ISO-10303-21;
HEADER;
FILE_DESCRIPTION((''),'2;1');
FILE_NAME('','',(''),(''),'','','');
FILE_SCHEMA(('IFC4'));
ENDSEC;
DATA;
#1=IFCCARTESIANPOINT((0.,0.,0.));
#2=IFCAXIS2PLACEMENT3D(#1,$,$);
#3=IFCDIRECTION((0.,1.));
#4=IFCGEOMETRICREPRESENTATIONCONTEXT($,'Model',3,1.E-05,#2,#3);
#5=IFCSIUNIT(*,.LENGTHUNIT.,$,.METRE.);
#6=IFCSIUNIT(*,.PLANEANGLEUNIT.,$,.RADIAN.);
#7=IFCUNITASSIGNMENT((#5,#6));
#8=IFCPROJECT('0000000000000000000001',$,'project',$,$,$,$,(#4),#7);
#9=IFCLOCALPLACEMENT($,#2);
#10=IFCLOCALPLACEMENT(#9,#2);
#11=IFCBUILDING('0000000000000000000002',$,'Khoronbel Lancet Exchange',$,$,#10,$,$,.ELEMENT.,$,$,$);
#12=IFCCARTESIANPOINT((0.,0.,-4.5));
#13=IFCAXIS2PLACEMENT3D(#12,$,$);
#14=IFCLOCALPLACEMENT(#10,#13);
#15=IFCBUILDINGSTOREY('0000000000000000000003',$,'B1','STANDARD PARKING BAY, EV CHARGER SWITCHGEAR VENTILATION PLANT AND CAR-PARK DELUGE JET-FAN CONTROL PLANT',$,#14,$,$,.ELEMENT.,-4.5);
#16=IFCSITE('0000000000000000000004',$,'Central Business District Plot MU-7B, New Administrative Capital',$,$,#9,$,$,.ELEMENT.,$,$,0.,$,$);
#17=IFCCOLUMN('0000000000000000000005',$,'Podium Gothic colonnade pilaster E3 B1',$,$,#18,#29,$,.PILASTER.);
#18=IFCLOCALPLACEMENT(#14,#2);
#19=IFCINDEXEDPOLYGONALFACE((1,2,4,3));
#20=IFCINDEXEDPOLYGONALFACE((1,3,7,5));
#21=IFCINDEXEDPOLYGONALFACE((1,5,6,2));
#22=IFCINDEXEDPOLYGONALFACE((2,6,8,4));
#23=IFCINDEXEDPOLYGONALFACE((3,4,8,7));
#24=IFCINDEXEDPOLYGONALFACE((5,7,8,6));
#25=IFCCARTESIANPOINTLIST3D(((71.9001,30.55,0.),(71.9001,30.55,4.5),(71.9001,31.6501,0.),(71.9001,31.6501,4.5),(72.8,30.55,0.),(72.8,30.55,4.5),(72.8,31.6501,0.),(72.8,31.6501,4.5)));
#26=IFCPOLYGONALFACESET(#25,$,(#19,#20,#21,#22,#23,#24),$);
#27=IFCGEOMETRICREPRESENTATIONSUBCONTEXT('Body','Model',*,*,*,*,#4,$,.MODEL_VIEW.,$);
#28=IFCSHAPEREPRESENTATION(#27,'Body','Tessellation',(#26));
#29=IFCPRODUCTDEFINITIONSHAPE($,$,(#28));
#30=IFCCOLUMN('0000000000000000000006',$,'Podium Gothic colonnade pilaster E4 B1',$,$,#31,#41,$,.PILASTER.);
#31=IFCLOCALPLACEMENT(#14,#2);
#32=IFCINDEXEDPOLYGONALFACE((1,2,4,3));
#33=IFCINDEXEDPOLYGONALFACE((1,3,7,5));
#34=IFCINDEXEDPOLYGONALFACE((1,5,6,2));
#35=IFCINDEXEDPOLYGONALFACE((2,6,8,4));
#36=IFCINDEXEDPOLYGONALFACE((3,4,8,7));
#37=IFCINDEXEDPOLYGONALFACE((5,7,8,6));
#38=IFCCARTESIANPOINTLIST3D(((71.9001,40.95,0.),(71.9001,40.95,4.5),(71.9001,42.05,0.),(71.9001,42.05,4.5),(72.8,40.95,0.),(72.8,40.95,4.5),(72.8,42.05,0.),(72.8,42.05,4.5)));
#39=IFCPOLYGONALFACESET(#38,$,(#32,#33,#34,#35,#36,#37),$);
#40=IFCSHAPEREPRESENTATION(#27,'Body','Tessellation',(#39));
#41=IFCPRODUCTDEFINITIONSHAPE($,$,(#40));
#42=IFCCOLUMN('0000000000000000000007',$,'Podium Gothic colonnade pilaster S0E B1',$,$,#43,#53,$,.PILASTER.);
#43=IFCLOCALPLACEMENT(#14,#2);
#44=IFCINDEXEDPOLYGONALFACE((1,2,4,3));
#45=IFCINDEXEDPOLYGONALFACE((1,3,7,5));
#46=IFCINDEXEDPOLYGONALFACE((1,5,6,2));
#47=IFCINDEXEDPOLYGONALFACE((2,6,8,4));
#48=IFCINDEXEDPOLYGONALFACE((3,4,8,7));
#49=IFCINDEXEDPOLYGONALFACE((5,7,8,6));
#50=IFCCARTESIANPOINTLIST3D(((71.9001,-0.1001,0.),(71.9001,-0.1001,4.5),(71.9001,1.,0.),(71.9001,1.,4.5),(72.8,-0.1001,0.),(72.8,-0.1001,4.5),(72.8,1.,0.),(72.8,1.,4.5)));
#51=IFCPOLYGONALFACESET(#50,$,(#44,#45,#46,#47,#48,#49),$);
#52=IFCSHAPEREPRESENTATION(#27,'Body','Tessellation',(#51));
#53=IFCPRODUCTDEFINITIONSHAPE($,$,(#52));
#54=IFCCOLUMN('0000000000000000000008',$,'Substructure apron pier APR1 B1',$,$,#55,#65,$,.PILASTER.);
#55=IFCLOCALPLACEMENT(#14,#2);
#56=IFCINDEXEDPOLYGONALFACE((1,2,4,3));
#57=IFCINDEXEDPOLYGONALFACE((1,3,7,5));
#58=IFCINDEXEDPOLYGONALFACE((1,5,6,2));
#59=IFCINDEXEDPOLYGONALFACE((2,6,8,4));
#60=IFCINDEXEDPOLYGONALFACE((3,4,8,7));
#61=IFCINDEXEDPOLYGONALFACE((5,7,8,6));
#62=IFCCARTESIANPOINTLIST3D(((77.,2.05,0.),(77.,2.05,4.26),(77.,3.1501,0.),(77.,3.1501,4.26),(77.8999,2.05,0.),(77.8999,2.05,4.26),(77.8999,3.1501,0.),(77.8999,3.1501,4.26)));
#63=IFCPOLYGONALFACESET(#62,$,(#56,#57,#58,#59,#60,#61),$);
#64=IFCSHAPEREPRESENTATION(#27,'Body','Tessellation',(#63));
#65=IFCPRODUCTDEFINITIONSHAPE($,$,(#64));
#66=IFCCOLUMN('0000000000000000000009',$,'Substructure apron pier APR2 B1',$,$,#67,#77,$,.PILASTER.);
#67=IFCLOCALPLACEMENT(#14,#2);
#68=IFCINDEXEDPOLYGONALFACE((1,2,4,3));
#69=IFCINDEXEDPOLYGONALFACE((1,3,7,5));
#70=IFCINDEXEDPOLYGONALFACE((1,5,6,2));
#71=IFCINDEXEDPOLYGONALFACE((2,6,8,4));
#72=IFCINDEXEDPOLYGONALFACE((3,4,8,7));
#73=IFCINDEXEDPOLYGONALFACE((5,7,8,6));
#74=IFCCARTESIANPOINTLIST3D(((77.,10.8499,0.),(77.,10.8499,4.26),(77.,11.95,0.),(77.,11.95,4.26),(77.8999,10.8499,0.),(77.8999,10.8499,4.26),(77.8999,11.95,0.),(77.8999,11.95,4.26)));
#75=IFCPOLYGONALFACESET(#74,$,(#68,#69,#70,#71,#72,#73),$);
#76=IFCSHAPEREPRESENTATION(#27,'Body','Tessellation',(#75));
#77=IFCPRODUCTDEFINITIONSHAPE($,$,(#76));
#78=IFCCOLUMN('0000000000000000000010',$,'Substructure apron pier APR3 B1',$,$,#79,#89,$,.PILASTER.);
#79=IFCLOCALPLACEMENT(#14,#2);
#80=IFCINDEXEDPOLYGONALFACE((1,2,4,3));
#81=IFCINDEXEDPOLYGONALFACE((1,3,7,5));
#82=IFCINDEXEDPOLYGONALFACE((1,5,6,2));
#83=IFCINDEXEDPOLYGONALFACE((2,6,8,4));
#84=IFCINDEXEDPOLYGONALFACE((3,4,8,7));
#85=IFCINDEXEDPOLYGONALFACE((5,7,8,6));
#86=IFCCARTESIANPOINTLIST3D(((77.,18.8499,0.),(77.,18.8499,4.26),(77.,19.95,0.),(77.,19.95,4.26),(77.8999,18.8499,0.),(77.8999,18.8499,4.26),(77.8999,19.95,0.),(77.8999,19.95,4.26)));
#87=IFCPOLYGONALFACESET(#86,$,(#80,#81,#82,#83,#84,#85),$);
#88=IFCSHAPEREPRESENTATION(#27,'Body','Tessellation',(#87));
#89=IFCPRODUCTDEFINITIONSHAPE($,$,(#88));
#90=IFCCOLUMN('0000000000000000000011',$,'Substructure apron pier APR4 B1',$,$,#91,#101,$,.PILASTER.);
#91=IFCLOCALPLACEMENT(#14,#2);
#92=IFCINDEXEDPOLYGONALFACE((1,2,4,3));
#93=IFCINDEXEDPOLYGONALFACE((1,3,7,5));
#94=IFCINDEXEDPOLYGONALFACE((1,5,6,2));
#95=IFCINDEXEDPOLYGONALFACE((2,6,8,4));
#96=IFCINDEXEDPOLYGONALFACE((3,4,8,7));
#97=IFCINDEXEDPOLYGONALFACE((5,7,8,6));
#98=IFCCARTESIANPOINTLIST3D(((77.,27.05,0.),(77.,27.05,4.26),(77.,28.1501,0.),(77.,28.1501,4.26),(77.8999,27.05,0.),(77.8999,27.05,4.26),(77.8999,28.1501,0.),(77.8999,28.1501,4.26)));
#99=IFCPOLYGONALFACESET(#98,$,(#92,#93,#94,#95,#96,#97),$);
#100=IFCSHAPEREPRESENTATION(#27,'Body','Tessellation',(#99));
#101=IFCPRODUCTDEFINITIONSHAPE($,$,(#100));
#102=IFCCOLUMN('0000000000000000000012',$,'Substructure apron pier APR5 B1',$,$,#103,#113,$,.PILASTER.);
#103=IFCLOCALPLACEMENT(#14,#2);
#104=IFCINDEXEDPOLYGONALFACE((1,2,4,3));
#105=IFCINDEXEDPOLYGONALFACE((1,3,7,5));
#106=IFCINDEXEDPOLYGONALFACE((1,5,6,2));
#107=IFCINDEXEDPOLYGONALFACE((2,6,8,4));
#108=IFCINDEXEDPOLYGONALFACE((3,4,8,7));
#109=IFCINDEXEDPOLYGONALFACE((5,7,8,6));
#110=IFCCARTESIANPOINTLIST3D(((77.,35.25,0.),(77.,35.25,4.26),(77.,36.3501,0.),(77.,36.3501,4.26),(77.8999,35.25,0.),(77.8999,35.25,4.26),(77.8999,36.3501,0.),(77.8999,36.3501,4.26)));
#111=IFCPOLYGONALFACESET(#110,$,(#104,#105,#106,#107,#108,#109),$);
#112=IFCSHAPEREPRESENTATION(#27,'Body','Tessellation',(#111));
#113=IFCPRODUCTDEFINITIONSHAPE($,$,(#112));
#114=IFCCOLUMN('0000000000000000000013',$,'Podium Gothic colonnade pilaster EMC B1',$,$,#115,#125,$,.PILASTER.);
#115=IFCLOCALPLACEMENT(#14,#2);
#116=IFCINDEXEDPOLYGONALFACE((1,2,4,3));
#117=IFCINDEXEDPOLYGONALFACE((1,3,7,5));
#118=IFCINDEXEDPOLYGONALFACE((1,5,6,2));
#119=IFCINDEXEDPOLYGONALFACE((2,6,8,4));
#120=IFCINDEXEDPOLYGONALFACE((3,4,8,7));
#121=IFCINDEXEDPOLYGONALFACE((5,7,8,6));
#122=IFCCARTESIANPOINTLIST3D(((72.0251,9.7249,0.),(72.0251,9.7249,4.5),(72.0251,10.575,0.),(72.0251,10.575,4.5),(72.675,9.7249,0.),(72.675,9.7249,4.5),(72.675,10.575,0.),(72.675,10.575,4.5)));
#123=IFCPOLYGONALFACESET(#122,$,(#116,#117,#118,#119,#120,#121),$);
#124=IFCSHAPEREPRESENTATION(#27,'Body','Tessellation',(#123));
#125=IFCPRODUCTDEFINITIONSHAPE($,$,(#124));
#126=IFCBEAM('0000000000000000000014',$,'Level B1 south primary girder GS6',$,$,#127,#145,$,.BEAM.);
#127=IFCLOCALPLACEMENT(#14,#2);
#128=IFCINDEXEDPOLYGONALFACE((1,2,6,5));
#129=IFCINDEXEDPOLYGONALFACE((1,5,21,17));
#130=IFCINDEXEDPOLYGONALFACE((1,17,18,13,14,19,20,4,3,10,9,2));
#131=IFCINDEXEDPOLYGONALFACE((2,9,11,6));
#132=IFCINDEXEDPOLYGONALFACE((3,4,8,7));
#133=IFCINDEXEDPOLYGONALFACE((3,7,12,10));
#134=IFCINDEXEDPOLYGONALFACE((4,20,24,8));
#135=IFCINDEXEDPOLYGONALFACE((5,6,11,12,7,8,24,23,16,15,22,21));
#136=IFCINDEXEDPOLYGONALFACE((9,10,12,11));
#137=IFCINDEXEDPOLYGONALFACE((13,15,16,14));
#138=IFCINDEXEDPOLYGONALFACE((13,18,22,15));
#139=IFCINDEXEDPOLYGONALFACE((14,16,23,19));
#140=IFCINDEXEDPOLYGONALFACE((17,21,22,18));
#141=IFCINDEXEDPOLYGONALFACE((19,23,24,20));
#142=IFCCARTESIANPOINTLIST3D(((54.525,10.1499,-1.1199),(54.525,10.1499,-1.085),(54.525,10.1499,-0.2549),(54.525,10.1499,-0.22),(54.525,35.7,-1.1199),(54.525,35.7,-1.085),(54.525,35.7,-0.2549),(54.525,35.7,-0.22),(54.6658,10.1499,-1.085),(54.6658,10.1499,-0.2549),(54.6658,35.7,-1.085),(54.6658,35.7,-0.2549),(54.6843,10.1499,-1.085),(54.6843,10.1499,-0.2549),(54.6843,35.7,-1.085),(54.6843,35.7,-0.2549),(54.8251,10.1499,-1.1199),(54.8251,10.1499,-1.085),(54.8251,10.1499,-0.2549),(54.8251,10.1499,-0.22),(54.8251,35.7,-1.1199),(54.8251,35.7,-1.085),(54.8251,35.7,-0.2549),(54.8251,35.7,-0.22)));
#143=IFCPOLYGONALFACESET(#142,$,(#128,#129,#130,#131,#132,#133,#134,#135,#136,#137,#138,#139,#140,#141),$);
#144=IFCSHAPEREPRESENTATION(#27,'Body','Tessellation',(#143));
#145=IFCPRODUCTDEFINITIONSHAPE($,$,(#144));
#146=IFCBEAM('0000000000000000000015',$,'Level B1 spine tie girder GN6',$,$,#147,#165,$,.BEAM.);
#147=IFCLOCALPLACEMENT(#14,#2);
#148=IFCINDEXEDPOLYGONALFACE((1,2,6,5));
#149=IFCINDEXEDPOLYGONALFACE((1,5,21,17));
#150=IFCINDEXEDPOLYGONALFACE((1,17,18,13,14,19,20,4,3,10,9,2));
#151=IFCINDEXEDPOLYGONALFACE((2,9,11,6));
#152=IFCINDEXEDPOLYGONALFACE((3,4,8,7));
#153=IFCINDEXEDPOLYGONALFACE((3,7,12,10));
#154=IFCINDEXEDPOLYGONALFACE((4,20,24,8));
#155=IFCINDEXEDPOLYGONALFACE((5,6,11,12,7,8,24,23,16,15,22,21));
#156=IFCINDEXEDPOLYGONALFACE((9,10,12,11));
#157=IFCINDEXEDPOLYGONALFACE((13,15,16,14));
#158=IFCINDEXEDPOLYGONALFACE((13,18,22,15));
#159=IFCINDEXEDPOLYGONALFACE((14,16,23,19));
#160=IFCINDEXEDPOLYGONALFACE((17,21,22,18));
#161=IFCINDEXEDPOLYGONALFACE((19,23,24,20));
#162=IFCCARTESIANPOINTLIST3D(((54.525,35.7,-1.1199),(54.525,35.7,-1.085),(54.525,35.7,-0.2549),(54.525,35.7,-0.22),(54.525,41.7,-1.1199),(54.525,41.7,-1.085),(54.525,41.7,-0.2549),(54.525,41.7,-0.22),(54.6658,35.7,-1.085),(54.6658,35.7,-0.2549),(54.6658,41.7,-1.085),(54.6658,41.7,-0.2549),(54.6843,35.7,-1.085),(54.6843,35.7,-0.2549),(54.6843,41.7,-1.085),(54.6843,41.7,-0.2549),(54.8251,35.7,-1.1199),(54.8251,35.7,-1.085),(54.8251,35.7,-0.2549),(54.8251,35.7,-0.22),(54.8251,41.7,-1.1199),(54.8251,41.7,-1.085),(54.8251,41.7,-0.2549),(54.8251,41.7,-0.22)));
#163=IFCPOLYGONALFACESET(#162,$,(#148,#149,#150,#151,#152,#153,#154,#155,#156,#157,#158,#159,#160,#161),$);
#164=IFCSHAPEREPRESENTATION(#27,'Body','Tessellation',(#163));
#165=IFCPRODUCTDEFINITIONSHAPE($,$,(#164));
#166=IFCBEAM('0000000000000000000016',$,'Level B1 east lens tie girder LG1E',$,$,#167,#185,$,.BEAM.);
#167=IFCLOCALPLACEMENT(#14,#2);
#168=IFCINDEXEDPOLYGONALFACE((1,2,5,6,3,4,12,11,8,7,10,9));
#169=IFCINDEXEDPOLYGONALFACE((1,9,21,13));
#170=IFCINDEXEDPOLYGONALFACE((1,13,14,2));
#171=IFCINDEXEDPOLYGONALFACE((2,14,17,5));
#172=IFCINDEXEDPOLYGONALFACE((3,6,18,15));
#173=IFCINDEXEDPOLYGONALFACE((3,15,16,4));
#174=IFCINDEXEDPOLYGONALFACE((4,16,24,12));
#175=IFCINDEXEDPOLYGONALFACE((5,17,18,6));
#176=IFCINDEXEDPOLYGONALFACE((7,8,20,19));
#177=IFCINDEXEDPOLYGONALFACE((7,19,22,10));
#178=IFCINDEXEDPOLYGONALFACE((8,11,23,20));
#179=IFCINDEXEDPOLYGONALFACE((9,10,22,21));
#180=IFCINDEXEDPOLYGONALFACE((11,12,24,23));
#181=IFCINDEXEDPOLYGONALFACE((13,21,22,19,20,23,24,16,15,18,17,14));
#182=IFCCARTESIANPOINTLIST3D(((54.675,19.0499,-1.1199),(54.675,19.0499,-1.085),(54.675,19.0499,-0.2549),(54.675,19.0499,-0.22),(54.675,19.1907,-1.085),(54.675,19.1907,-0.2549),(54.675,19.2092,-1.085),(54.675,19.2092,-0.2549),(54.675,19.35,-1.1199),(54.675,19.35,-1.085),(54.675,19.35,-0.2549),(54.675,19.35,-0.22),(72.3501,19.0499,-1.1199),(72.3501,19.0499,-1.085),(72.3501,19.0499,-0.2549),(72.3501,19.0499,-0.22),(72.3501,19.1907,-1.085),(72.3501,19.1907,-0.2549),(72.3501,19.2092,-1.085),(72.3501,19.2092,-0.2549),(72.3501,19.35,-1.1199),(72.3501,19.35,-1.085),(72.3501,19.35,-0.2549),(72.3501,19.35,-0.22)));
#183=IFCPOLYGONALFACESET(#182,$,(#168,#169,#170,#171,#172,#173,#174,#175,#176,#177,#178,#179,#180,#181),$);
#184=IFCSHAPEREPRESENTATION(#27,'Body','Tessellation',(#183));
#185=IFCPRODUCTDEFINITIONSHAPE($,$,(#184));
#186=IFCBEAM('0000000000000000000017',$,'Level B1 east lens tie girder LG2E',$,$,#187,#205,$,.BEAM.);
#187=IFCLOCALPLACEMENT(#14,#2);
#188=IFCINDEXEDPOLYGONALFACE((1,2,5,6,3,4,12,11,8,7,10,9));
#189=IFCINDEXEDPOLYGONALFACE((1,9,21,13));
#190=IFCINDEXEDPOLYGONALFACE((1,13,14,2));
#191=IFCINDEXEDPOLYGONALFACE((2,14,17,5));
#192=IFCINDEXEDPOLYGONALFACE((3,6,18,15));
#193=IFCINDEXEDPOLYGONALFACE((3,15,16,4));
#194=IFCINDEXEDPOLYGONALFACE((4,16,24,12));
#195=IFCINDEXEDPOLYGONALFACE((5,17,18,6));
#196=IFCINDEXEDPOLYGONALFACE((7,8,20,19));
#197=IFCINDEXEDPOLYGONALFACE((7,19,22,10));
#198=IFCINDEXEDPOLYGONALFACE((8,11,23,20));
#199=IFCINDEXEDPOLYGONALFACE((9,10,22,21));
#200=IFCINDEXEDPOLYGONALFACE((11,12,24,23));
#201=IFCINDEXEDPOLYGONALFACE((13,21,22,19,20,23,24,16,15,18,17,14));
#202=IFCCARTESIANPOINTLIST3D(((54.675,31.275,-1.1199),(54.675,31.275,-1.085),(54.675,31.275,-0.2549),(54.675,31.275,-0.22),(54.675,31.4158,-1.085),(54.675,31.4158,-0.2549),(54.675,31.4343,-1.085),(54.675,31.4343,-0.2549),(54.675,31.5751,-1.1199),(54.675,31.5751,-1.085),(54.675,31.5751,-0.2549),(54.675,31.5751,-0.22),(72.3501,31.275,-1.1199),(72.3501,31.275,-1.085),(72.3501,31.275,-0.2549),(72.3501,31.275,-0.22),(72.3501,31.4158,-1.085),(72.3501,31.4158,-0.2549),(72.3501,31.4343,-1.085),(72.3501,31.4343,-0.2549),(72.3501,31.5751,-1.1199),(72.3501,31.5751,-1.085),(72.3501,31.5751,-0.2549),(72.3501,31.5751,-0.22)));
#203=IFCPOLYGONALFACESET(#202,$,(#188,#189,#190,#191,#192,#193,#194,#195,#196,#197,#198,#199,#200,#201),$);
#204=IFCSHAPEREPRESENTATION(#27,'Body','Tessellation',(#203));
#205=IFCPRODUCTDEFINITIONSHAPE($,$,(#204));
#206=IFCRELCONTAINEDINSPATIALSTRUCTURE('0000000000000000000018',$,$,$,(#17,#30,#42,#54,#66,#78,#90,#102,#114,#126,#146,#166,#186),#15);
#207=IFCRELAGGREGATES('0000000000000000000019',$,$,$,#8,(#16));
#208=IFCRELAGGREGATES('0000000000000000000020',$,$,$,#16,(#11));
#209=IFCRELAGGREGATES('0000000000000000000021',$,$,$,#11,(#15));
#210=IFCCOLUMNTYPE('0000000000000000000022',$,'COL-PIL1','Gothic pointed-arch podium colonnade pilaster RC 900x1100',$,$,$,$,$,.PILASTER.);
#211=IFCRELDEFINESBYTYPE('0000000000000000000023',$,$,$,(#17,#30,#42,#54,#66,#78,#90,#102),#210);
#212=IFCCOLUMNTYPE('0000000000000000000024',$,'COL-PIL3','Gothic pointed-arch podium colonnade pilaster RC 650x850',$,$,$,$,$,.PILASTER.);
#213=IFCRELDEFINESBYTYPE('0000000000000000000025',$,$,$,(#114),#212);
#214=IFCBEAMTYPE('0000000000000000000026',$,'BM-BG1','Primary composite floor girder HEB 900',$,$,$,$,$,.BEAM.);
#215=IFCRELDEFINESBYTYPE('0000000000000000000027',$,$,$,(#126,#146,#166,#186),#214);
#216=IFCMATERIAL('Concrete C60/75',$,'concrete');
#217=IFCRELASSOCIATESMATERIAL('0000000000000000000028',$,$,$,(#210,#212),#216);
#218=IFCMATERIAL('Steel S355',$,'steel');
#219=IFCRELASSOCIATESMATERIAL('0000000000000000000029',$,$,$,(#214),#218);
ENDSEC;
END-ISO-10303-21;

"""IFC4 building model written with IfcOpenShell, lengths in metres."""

from ifc_helpers import new_model, si_unit, direction, frame, origin, origin_2d, place, context, subcontext, project, spatial, rectangle, i_section, extrude, material, material_profile, profile_set, type_object, element, save


model = new_model("IFC4")

# Units and contexts
model_context = context("Model", 3, precision=1e-05, world=origin(), true_north=direction((0.0, 1.0)))
body_context = subcontext(model_context, "Body", "Model", "MODEL_VIEW")
ifc_project = project(units=[si_unit("LENGTHUNIT", "METRE"), si_unit("PLANEANGLEUNIT", "RADIAN")], contexts=[model_context])

# Site, building, storey
site_placement = place(None, origin())
site = spatial("IfcSite", under=ifc_project, at=site_placement, Name="Central Business District Plot MU-7B, New Administrative Capital", CompositionType="ELEMENT", RefElevation=0.0)
building_placement = place(site_placement, origin())
building = spatial("IfcBuilding", under=site, at=building_placement, Name="Khoronbel Lancet Exchange", CompositionType="ELEMENT")
storey_placement = place(building_placement, frame((0.0, 0.0, -4.5)))
storey = spatial("IfcBuildingStorey", under=building, at=storey_placement, Name="B1", Description="STANDARD PARKING BAY, EV CHARGER SWITCHGEAR VENTILATION PLANT AND CAR-PARK DELUGE JET-FAN CONTROL PLANT", CompositionType="ELEMENT", Elevation=-4.5)

# Columns
ifc_material_1 = material(Name="Steel S355", Category="steel")
ifc_material_2 = material(Name="Concrete C60/75", Category="concrete")
ifc_material_profile_1 = material_profile(ifc_material_2, rectangle(XDim=0.8999, YDim=1.1001, at=origin_2d()), Name="RC 900x1100")
ifc_profile_set_1 = profile_set([ifc_material_profile_1], Name="Concrete C60/75")
column_type_1 = type_object("IfcColumnType", Name="COL-PIL1", Description="Gothic pointed-arch podium colonnade pilaster RC 900x1100", PredefinedType="PILASTER", material=ifc_profile_set_1)
for number, where, z_axis, x_axis, name in (
    (1, (72.3501, 31.1001, 0.0), (0.0, 0.0, 1.0), (1.0, 0.0, 0.0), "Podium Gothic colonnade pilaster E3 B1"),
    (2, (72.3501, 41.5, 0.0), (0.0, 0.0, 1.0), (1.0, 0.0, 0.0), "Podium Gothic colonnade pilaster E4 B1"),
    (3, (72.3501, 0.45, 0.0), (0.0, 0.0, 1.0), (1.0, 0.0, 0.0), "Podium Gothic colonnade pilaster S0E B1"),
):
    element("IfcColumn", number, at=place(storey_placement, frame(where, z_axis=z_axis, x_axis=x_axis)), inside=storey, type_object=column_type_1, Name=name, PredefinedType="PILASTER", context=body_context, shape_type="SweptSolid", body=[
        extrude(rectangle(XDim=0.8999, YDim=1.1001, at=origin_2d()), origin(), (0.0, 0.0, 1.0), 4.5),
    ])
for number, where, z_axis, x_axis, name in (
    (4, (77.45, 2.6001, 0.0), (0.0, 0.0, 1.0), (1.0, 0.0, 0.0), "Substructure apron pier APR1 B1"),
    (5, (77.45, 11.3999, 0.0), (0.0, 0.0, 1.0), (1.0, 0.0, 0.0), "Substructure apron pier APR2 B1"),
    (6, (77.45, 19.3999, 0.0), (0.0, 0.0, 1.0), (1.0, 0.0, 0.0), "Substructure apron pier APR3 B1"),
    (7, (77.45, 27.6001, 0.0), (0.0, 0.0, 1.0), (1.0, 0.0, 0.0), "Substructure apron pier APR4 B1"),
    (8, (77.45, 35.8, 0.0), (0.0, 0.0, 1.0), (1.0, 0.0, 0.0), "Substructure apron pier APR5 B1"),
):
    element("IfcColumn", number, at=place(storey_placement, frame(where, z_axis=z_axis, x_axis=x_axis)), inside=storey, type_object=column_type_1, Name=name, PredefinedType="PILASTER", context=body_context, shape_type="SweptSolid", body=[
        extrude(rectangle(XDim=0.8999, YDim=1.1001, at=origin_2d()), origin(), (0.0, 0.0, 1.0), 4.26),
    ])
ifc_material_profile_2 = material_profile(ifc_material_2, rectangle(XDim=0.6499, YDim=0.8501, at=origin_2d()), Name="RC 650x850")
ifc_profile_set_2 = profile_set([ifc_material_profile_2], Name="Concrete C60/75")
column_type_2 = type_object("IfcColumnType", Name="COL-PIL3", Description="Gothic pointed-arch podium colonnade pilaster RC 650x850", PredefinedType="PILASTER", material=ifc_profile_set_2)
column_1_placement = place(storey_placement, frame((72.3501, 10.1499, 0.0), z_axis=(0.0, 0.0, 1.0), x_axis=(1.0, 0.0, 0.0)))
element("IfcColumn", 9, at=column_1_placement, inside=storey, type_object=column_type_2, Name="Podium Gothic colonnade pilaster EMC B1", PredefinedType="PILASTER", context=body_context, shape_type="SweptSolid", body=[
    extrude(rectangle(XDim=0.6499, YDim=0.8501, at=origin_2d()), origin(), (0.0, 0.0, 1.0), 4.5),
])

# Beams
ifc_material_profile_3 = material_profile(ifc_material_1, i_section(OverallWidth=0.3, OverallDepth=0.8999, WebThickness=0.0186, FlangeThickness=0.0349, at=origin_2d()), Name="HEB 900")
ifc_profile_set_3 = profile_set([ifc_material_profile_3], Name="Steel S355")
beam_type_1 = type_object("IfcBeamType", Name="BM-BG1", Description="Primary composite floor girder HEB 900", PredefinedType="BEAM", material=ifc_profile_set_3)
beam_1_placement = place(storey_placement, frame((54.675, 10.1499, -0.6699), z_axis=(0.0, 1.0, 0.0), x_axis=(-1.0, 0.0, 0.0)))
element("IfcBeam", 10, at=beam_1_placement, inside=storey, type_object=beam_type_1, Name="Level B1 south primary girder GS6", PredefinedType="BEAM", context=body_context, shape_type="SweptSolid", body=[
    extrude(i_section(OverallWidth=0.3, OverallDepth=0.8999, WebThickness=0.0186, FlangeThickness=0.0349, at=origin_2d()), origin(), (0.0, 0.0, 1.0), 25.55),
])
beam_2_placement = place(storey_placement, frame((54.675, 35.7, -0.6699), z_axis=(0.0, 1.0, 0.0), x_axis=(-1.0, 0.0, 0.0)))
element("IfcBeam", 11, at=beam_2_placement, inside=storey, type_object=beam_type_1, Name="Level B1 spine tie girder GN6", PredefinedType="BEAM", context=body_context, shape_type="SweptSolid", body=[
    extrude(i_section(OverallWidth=0.3, OverallDepth=0.8999, WebThickness=0.0186, FlangeThickness=0.0349, at=origin_2d()), origin(), (0.0, 0.0, 1.0), 6.0),
])
for number, where, z_axis, x_axis, name in (
    (12, (54.675, 19.2, -0.6699), (1.0, 0.0, 0.0), (0.0, 1.0, 0.0), "Level B1 east lens tie girder LG1E"),
    (13, (54.675, 31.425, -0.6699), (1.0, 0.0, 0.0), (0.0, 1.0, 0.0), "Level B1 east lens tie girder LG2E"),
):
    element("IfcBeam", number, at=place(storey_placement, frame(where, z_axis=z_axis, x_axis=x_axis)), inside=storey, type_object=beam_type_1, Name=name, PredefinedType="BEAM", context=body_context, shape_type="SweptSolid", body=[
        extrude(i_section(OverallWidth=0.3, OverallDepth=0.8999, WebThickness=0.0186, FlangeThickness=0.0349, at=origin_2d()), origin(), (0.0, 0.0, 1.0), 17.675),
    ])

save(model, "model.ifc")
